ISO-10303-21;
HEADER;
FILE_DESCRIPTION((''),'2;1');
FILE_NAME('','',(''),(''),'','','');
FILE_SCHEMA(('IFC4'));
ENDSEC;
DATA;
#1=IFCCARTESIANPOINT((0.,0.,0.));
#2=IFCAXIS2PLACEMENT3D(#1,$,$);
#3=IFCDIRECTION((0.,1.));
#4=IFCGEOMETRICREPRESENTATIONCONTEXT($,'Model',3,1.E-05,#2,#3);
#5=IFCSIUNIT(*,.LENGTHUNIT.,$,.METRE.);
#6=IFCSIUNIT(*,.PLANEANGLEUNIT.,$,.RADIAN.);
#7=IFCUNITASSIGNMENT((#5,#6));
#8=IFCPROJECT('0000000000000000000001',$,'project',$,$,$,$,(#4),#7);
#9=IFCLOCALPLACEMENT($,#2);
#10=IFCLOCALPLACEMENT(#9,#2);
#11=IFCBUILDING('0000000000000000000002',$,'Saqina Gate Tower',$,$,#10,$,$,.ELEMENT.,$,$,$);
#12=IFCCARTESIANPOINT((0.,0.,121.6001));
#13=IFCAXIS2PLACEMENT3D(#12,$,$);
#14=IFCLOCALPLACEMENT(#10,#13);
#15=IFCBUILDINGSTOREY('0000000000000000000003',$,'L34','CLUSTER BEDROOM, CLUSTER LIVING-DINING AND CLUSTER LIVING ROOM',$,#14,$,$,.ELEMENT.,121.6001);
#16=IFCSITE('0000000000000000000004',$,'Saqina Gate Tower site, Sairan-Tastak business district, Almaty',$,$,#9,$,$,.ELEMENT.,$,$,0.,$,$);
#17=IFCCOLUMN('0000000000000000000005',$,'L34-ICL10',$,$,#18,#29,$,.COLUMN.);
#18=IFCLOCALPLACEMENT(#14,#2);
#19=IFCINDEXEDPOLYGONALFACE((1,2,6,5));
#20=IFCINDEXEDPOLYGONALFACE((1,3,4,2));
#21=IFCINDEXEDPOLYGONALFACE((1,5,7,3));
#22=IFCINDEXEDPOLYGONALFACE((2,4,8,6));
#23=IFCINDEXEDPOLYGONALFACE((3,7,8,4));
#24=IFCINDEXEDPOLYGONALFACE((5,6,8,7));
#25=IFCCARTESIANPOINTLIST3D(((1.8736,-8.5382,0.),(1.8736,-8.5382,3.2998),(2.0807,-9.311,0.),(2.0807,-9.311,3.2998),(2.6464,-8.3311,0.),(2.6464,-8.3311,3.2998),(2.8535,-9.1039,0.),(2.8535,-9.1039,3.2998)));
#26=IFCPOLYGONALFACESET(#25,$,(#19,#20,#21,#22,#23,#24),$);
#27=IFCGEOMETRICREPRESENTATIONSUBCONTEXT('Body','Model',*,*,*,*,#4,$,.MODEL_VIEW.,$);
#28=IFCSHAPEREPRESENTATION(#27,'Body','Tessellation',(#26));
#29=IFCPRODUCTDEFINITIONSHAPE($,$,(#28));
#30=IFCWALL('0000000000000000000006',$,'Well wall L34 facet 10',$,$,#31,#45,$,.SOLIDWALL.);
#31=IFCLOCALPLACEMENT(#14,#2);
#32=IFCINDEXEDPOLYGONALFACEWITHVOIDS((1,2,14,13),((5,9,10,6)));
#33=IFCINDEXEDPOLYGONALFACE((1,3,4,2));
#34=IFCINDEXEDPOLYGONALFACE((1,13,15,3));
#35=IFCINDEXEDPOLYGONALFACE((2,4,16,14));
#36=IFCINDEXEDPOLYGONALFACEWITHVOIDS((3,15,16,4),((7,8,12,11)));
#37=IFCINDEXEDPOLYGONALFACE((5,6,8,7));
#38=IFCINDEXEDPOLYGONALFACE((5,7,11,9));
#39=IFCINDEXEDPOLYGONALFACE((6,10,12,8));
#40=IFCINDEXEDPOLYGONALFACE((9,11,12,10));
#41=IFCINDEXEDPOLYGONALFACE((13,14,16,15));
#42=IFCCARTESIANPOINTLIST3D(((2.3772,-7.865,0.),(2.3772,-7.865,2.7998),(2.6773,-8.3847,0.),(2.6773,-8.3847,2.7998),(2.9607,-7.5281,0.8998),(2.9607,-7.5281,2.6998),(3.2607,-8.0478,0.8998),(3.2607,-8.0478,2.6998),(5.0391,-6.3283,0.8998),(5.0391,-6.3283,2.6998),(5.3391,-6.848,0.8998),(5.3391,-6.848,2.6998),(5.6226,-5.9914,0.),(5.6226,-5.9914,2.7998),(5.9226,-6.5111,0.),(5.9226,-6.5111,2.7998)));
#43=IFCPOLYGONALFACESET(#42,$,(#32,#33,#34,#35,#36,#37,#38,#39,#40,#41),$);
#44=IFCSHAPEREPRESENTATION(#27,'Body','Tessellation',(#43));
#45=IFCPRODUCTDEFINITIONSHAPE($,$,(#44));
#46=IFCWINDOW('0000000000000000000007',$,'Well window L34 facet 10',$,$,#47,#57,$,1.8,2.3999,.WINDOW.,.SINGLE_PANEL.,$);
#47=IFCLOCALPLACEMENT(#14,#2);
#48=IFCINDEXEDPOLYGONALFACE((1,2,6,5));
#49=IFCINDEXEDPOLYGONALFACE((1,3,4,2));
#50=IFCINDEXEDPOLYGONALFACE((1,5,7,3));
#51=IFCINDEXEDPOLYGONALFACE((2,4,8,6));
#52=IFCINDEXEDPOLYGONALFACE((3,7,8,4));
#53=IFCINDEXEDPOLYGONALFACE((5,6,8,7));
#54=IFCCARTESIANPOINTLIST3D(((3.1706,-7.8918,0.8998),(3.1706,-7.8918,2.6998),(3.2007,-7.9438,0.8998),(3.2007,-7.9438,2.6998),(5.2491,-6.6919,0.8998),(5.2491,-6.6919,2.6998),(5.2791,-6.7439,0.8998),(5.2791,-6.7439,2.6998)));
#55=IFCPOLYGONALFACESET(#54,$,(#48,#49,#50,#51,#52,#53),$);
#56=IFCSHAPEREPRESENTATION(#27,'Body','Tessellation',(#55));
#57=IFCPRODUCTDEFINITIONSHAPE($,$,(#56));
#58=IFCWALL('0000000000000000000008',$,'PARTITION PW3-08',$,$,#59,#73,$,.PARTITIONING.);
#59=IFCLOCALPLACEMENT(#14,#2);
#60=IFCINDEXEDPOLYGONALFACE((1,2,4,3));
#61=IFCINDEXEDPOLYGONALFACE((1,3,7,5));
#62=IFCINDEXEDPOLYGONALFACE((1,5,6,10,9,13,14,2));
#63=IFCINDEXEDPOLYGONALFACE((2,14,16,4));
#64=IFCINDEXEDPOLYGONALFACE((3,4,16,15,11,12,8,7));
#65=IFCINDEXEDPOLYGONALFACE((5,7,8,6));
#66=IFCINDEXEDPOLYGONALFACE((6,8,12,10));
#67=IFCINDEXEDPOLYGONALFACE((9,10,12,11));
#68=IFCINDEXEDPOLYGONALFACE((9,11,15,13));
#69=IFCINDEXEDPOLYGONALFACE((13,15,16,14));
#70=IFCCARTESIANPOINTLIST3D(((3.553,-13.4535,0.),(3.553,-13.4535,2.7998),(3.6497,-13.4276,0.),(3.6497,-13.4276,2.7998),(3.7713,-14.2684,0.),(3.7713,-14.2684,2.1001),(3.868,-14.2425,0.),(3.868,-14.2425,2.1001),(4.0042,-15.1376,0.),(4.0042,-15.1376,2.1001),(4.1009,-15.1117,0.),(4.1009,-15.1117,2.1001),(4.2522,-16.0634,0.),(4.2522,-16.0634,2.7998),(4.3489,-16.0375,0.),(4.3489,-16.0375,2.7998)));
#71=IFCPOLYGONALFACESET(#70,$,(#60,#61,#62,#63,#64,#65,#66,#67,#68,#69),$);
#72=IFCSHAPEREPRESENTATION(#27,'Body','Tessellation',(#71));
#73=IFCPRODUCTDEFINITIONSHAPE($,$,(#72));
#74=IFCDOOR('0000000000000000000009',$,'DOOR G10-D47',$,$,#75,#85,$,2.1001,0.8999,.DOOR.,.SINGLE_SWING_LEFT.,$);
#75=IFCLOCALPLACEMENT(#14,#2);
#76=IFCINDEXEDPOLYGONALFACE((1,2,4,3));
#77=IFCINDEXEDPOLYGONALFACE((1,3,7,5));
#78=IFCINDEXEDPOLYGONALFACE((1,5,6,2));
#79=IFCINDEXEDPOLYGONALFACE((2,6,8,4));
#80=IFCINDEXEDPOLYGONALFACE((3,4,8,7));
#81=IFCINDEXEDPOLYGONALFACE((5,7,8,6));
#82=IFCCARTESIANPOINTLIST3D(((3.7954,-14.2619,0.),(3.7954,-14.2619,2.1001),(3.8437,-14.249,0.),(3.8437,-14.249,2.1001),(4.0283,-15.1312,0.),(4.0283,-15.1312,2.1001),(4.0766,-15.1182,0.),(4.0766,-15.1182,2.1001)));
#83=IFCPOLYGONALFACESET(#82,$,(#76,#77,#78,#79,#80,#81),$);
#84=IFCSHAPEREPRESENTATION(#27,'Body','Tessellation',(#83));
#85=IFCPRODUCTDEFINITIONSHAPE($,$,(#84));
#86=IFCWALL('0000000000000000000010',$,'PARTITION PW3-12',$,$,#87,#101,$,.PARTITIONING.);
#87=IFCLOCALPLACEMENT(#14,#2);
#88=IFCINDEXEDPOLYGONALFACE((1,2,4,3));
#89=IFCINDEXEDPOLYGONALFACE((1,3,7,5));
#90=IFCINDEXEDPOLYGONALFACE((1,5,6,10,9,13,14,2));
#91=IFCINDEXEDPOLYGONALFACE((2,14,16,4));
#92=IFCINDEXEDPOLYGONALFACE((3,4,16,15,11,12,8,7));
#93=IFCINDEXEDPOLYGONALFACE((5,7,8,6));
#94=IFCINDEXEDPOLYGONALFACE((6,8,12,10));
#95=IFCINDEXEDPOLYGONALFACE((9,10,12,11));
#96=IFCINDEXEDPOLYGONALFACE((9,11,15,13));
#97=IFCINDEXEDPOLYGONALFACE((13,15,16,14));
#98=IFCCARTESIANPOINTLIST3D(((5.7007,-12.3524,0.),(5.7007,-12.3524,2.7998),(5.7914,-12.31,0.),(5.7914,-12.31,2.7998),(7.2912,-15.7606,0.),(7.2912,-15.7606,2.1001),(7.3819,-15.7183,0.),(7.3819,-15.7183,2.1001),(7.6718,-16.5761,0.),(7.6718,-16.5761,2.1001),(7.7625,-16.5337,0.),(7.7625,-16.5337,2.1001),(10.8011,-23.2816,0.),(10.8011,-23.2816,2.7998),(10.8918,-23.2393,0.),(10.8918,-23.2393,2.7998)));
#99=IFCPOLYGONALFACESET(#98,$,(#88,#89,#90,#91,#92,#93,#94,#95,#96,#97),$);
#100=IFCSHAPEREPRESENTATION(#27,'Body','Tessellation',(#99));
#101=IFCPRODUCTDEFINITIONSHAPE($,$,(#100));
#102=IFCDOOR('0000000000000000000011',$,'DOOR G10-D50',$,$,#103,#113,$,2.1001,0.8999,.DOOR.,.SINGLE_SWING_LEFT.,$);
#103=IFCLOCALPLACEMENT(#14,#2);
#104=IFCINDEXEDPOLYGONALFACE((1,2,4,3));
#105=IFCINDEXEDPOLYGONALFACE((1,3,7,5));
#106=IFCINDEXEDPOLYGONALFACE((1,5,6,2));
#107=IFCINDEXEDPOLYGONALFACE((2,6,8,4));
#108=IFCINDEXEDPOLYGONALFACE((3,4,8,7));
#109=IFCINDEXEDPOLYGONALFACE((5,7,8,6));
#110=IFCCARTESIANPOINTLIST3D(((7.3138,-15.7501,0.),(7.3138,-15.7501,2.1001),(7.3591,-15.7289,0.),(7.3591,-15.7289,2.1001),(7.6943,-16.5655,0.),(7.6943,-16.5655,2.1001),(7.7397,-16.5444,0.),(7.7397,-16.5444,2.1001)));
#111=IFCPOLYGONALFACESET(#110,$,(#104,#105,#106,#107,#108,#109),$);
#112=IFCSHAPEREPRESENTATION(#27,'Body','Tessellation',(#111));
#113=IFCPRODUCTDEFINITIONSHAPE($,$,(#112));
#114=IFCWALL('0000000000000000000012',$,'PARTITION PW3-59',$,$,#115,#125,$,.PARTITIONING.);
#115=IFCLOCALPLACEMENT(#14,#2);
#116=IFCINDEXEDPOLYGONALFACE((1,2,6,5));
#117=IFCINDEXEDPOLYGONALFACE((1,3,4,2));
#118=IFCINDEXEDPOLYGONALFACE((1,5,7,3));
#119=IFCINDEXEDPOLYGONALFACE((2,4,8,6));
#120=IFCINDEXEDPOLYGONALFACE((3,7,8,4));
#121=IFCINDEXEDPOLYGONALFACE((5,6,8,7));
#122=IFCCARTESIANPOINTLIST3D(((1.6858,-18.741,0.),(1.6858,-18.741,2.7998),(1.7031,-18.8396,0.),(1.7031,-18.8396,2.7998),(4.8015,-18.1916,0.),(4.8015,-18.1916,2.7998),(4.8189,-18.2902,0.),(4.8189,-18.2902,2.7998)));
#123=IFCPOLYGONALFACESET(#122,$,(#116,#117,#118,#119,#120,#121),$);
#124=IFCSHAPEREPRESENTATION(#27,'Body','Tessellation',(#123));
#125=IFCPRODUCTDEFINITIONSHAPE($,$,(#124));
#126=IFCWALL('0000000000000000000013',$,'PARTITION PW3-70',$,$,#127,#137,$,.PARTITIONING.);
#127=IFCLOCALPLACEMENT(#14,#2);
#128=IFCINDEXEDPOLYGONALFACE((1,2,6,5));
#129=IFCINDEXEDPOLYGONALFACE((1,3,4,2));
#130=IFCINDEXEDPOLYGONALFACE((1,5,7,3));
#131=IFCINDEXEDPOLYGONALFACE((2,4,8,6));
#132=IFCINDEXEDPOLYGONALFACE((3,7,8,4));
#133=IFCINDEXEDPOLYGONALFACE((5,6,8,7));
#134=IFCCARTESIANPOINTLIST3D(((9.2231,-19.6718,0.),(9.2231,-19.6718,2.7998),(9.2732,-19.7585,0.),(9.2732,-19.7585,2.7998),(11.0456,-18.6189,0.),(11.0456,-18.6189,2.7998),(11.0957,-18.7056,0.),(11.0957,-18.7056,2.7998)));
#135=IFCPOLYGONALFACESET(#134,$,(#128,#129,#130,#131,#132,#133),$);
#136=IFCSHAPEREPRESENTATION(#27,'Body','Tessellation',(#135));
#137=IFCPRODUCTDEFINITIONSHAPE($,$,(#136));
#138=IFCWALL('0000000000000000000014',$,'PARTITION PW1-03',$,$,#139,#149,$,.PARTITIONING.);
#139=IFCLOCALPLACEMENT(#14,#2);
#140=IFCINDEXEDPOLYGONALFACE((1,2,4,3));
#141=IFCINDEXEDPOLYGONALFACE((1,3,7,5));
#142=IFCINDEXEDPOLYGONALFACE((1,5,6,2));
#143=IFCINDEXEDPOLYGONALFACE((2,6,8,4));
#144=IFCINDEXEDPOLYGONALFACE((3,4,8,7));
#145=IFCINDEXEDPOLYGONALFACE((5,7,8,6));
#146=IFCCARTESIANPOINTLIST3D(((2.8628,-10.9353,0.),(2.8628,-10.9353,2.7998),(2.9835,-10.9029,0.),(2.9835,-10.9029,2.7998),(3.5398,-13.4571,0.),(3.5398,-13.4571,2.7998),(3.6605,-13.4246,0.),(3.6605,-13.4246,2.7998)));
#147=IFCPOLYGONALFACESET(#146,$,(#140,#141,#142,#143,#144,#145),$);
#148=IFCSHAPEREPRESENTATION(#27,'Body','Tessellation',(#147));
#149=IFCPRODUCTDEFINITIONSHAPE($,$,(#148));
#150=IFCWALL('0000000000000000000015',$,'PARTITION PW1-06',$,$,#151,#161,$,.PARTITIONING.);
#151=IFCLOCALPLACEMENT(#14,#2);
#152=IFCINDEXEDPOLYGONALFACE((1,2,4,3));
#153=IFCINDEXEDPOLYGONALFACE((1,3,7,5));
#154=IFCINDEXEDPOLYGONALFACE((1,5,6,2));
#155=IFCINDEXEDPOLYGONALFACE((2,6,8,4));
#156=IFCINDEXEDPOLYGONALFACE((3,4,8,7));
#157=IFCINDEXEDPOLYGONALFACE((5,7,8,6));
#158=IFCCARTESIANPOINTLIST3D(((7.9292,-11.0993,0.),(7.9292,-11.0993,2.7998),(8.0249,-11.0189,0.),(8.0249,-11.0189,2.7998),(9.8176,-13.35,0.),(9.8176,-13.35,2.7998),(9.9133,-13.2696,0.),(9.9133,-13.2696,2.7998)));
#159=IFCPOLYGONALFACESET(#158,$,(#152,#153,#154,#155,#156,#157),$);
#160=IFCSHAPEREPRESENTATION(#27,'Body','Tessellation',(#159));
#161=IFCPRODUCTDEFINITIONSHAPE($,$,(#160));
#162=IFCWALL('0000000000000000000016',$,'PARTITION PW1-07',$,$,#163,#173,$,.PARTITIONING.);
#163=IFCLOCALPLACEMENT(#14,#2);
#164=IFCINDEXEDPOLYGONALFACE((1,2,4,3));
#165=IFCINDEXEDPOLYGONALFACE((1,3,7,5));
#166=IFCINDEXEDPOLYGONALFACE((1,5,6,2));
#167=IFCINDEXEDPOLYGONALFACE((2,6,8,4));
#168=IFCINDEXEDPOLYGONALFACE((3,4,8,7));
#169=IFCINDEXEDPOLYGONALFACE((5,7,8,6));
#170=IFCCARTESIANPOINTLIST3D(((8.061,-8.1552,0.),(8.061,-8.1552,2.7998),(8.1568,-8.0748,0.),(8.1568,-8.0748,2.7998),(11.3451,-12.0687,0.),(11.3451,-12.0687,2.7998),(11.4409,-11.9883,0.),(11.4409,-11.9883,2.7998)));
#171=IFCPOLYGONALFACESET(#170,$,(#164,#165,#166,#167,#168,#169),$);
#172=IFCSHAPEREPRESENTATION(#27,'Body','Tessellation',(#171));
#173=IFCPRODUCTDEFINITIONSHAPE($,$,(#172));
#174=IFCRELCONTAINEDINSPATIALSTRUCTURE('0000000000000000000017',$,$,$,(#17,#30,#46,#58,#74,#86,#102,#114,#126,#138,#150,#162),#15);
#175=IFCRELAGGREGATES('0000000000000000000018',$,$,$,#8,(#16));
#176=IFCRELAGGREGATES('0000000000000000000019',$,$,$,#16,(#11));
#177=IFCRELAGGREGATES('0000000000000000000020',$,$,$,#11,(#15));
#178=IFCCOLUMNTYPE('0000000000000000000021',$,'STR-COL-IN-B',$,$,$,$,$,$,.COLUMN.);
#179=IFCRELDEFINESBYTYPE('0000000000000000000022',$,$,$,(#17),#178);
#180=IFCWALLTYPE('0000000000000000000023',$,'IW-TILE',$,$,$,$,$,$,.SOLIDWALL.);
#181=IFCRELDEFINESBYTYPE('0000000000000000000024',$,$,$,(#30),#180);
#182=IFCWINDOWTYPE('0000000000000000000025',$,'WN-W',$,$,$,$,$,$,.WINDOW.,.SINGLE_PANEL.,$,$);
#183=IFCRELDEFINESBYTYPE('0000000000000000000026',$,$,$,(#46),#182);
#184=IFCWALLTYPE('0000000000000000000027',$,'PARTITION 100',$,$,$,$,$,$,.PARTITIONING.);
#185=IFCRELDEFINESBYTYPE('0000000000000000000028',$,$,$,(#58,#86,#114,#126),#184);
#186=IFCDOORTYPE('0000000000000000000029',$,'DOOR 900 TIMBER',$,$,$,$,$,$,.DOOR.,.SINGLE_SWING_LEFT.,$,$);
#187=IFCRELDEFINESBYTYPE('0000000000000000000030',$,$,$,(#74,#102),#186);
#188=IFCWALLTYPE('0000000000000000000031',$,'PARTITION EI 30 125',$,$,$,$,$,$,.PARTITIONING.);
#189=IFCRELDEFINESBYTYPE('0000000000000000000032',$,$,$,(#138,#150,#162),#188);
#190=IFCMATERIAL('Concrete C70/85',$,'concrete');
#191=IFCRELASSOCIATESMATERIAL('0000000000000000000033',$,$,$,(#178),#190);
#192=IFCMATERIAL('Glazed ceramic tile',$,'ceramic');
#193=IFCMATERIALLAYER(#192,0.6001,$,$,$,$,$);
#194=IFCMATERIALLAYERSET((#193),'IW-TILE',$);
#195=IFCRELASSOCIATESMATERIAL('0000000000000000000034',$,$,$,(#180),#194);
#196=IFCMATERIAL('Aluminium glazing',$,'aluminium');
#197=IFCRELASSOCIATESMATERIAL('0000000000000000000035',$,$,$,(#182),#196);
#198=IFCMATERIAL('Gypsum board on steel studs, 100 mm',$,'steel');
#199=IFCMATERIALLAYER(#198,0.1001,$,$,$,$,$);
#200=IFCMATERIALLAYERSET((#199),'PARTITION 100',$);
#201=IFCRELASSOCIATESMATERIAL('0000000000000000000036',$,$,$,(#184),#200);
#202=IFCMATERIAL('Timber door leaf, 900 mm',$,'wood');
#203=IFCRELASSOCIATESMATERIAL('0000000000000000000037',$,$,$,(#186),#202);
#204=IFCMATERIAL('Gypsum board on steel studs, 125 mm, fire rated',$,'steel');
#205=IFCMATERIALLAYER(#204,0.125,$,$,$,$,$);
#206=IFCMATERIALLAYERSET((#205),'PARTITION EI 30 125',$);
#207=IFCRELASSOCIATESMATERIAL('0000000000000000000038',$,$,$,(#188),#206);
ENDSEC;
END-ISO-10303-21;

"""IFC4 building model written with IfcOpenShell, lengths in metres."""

from ifc_helpers import new_model, si_unit, direction, frame, frame_2d, origin, origin_2d, place, context, subcontext, project, spatial, rectangle, extrude, material, layer, layer_set, material_profile, profile_set, type_object, element, fill, save


model = new_model("IFC4")

# Units and contexts
model_context = context("Model", 3, precision=1e-05, world=origin(), true_north=direction((0.0, 1.0)))
body_context = subcontext(model_context, "Body", "Model", "MODEL_VIEW")
ifc_project = project(units=[si_unit("LENGTHUNIT", "METRE"), si_unit("PLANEANGLEUNIT", "RADIAN")], contexts=[model_context])

# Site, building, storey
site_placement = place(None, origin())
site = spatial("IfcSite", under=ifc_project, at=site_placement, Name="Saqina Gate Tower site, Sairan-Tastak business district, Almaty", CompositionType="ELEMENT", RefElevation=0.0)
building_placement = place(site_placement, origin())
building = spatial("IfcBuilding", under=site, at=building_placement, Name="Saqina Gate Tower", CompositionType="ELEMENT")
storey_placement = place(building_placement, frame((0.0, 0.0, 121.6001)))
storey = spatial("IfcBuildingStorey", under=building, at=storey_placement, Name="L34", Description="CLUSTER BEDROOM, CLUSTER LIVING-DINING AND CLUSTER LIVING ROOM", CompositionType="ELEMENT", Elevation=121.6001)

# Column
ifc_material_1 = material(Name="Concrete C70/85", Category="concrete")
ifc_material_profile = material_profile(ifc_material_1, rectangle(XDim=0.8, YDim=0.8, at=origin_2d()), Name="RC 800x800")
ifc_profile_set = profile_set([ifc_material_profile], Name="Concrete C70/85")
column_type = type_object("IfcColumnType", Name="STR-COL-IN-B", PredefinedType="COLUMN", material=ifc_profile_set)
column_placement = place(storey_placement, frame((2.3635, -8.821, 0.0), z_axis=(0.0, 0.0, 1.0), x_axis=(0.258819, -0.965926, 0.0)))
element("IfcColumn", 1, at=column_placement, inside=storey, type_object=column_type, Name="L34-ICL10", PredefinedType="COLUMN", context=body_context, shape_type="SweptSolid", body=[
    extrude(rectangle(XDim=0.8, YDim=0.8, at=origin_2d()), origin(), (0.0, 0.0, 1.0), 3.2998),
])

# Wall, opening, window
ifc_material_2 = material(Name="Glazed ceramic tile", Category="ceramic")
ifc_layer_1 = layer(ifc_material_2, 0.6001)
ifc_layer_set_1 = layer_set([ifc_layer_1], Name="IW-TILE")
wall_type_1 = type_object("IfcWallType", Name="IW-TILE", PredefinedType="SOLIDWALL", material=ifc_layer_set_1)
wall_1_placement = place(storey_placement, frame((2.5273, -8.1248, 0.0), z_axis=(0.0, 0.0, 1.0), x_axis=(0.866046, 0.499965, 0.0)))
wall_1 = element("IfcWall", 2, at=wall_1_placement, inside=storey, type_object=wall_type_1, Name="Well wall L34 facet 10", PredefinedType="SOLIDWALL", context=body_context, shape_type="SweptSolid", body=[
    extrude(rectangle(XDim=3.7473, YDim=0.6001, at=frame_2d((1.8735, 0.0))), origin(), (0.0, 0.0, 1.0), 2.7998),
])
opening_1_placement = place(wall_1_placement, frame((0.6736, 0.0, 0.8999)))
opening_1 = element("IfcOpeningElement", 3, at=opening_1_placement, cuts=wall_1, PredefinedType="OPENING", context=body_context, shape_type="SweptSolid", body=[
    extrude(rectangle(XDim=2.3999, YDim=1.8, at=frame_2d((1.2, 0.8999))), frame((0.0, 0.312, 0.0), z_axis=(0.0, -1.0, 0.0), x_axis=(1.0, 0.0, 0.0)), (0.0, 0.0, 1.0), 0.624),
])
ifc_material_3 = material(Name="Aluminium glazing", Category="aluminium")
window_type = type_object("IfcWindowType", Name="WN-W", PartitioningType="SINGLE_PANEL", PredefinedType="WINDOW", material=ifc_material_3)
window_placement = place(opening_1_placement, origin())
window = element("IfcWindow", 4, at=window_placement, inside=storey, type_object=window_type, Name="Well window L34 facet 10", OverallHeight=1.8, OverallWidth=2.3999, PartitioningType="SINGLE_PANEL", PredefinedType="WINDOW", context=body_context, shape_type="SweptSolid", body=[
    extrude(rectangle(XDim=2.3999, YDim=1.8, at=frame_2d((1.2, 0.8999))), frame((0.0, -0.1199, 0.0), z_axis=(0.0, -1.0, 0.0), x_axis=(1.0, 0.0, 0.0)), (0.0, 0.0, 1.0), 0.0601),
])
fill(opening_1, window)

# Walls, openings, doors
ifc_material_4 = material(Name="Gypsum board on steel studs, 100 mm", Category="steel")
ifc_layer_2 = layer(ifc_material_4, 0.1001)
ifc_layer_set_2 = layer_set([ifc_layer_2], Name="PARTITION 100")
wall_type_2 = type_object("IfcWallType", Name="PARTITION 100", PredefinedType="PARTITIONING", material=ifc_layer_set_2)
wall_2_placement = place(storey_placement, frame((3.6013, -13.4404, 0.0), z_axis=(0.0, 0.0, 1.0), x_axis=(0.258787, -0.965934, 0.0)))
wall_2 = element("IfcWall", 5, at=wall_2_placement, inside=storey, type_object=wall_type_2, Name="PARTITION PW3-08", PredefinedType="PARTITIONING", context=body_context, shape_type="SweptSolid", body=[
    extrude(rectangle(XDim=2.7019, YDim=0.1001, at=frame_2d((1.3511, 0.0))), origin(), (0.0, 0.0, 1.0), 2.7998),
])
opening_2_placement = place(wall_2_placement, frame((0.8438, 0.0, 0.0)))
opening_2 = element("IfcOpeningElement", 6, at=opening_2_placement, cuts=wall_2, PredefinedType="OPENING", context=body_context, shape_type="SweptSolid", body=[
    extrude(rectangle(XDim=0.8999, YDim=2.1001, at=frame_2d((0.45, 1.05))), frame((0.0, 0.062, 0.0), z_axis=(0.0, -1.0, 0.0), x_axis=(1.0, 0.0, 0.0)), (0.0, 0.0, 1.0), 0.124),
])
ifc_material_5 = material(Name="Timber door leaf, 900 mm", Category="wood")
door_type = type_object("IfcDoorType", Name="DOOR 900 TIMBER", OperationType="SINGLE_SWING_LEFT", PredefinedType="DOOR", material=ifc_material_5)
door_1_placement = place(opening_2_placement, origin())
door_1 = element("IfcDoor", 7, at=door_1_placement, inside=storey, type_object=door_type, Name="DOOR G10-D47", OperationType="SINGLE_SWING_LEFT", OverallHeight=2.1001, OverallWidth=0.8999, PredefinedType="DOOR", context=body_context, shape_type="SweptSolid", body=[
    extrude(rectangle(XDim=0.8999, YDim=2.1001, at=frame_2d((0.45, 1.05))), frame((0.0, 0.0249, 0.0), z_axis=(0.0, -1.0, 0.0), x_axis=(1.0, 0.0, 0.0)), (0.0, 0.0, 1.0), 0.05),
])
fill(opening_2, door_1)
wall_3_placement = place(storey_placement, frame((5.7461, -12.3313, 0.0), z_axis=(0.0, 0.0, 1.0), x_axis=(0.422889, -0.906182, 0.0)))
wall_3 = element("IfcWall", 8, at=wall_3_placement, inside=storey, type_object=wall_type_2, Name="PARTITION PW3-12", PredefinedType="PARTITIONING", context=body_context, shape_type="SweptSolid", body=[
    extrude(rectangle(XDim=12.0608, YDim=0.1001, at=frame_2d((6.0303, 0.0))), origin(), (0.0, 0.0, 1.0), 2.7998),
])
opening_3_placement = place(wall_3_placement, frame((3.761, 0.0, 0.0)))
opening_3 = element("IfcOpeningElement", 9, at=opening_3_placement, cuts=wall_3, PredefinedType="OPENING", context=body_context, shape_type="SweptSolid", body=[
    extrude(rectangle(XDim=0.8999, YDim=2.1001, at=frame_2d((0.45, 1.05))), frame((0.0, 0.062, 0.0), z_axis=(0.0, -1.0, 0.0), x_axis=(1.0, 0.0, 0.0)), (0.0, 0.0, 1.0), 0.124),
])
door_2_placement = place(opening_3_placement, origin())
door_2 = element("IfcDoor", 10, at=door_2_placement, inside=storey, type_object=door_type, Name="DOOR G10-D50", OperationType="SINGLE_SWING_LEFT", OverallHeight=2.1001, OverallWidth=0.8999, PredefinedType="DOOR", context=body_context, shape_type="SweptSolid", body=[
    extrude(rectangle(XDim=0.8999, YDim=2.1001, at=frame_2d((0.45, 1.05))), frame((0.0, 0.0249, 0.0), z_axis=(0.0, -1.0, 0.0), x_axis=(1.0, 0.0, 0.0)), (0.0, 0.0, 1.0), 0.05),
])
fill(opening_3, door_2)

# Walls
wall_4_placement = place(storey_placement, frame((1.6943, -18.7903, 0.0), z_axis=(0.0, 0.0, 1.0), x_axis=(0.984812, 0.173627, 0.0)))
element("IfcWall", 11, at=wall_4_placement, inside=storey, type_object=wall_type_2, Name="PARTITION PW3-59", PredefinedType="PARTITIONING", context=body_context, shape_type="SweptSolid", body=[
    extrude(rectangle(XDim=3.1638, YDim=0.1001, at=frame_2d((1.582, 0.0))), origin(), (0.0, 0.0, 1.0), 2.7998),
])
wall_5_placement = place(storey_placement, frame((9.2483, -19.7151, 0.0), z_axis=(0.0, 0.0, 1.0), x_axis=(0.865871, 0.500268, 0.0)))
element("IfcWall", 12, at=wall_5_placement, inside=storey, type_object=wall_type_2, Name="PARTITION PW3-70", PredefinedType="PARTITIONING", context=body_context, shape_type="SweptSolid", body=[
    extrude(rectangle(XDim=2.1047, YDim=0.1001, at=frame_2d((1.0522, 0.0))), origin(), (0.0, 0.0, 1.0), 2.7998),
])
ifc_material_6 = material(Name="Gypsum board on steel studs, 125 mm, fire rated", Category="steel")
ifc_layer_3 = layer(ifc_material_6, 0.125)
ifc_layer_set_3 = layer_set([ifc_layer_3], Name="PARTITION EI 30 125")
wall_type_3 = type_object("IfcWallType", Name="PARTITION EI 30 125", PredefinedType="PARTITIONING", material=ifc_layer_set_3)
wall_6_placement = place(storey_placement, frame((2.9231, -10.9189, 0.0), z_axis=(0.0, 0.0, 1.0), x_axis=(0.259286, -0.965801, 0.0)))
element("IfcWall", 13, at=wall_6_placement, inside=storey, type_object=wall_type_3, Name="PARTITION PW1-03", PredefinedType="PARTITIONING", context=body_context, shape_type="SweptSolid", body=[
    extrude(rectangle(XDim=2.6111, YDim=0.125, at=frame_2d((1.3057, 0.0))), origin(), (0.0, 0.0, 1.0), 2.7998),
])
wall_7_placement = place(storey_placement, frame((7.9771, -11.0591, 0.0), z_axis=(0.0, 0.0, 1.0), x_axis=(0.642755, -0.766071, 0.0)))
element("IfcWall", 14, at=wall_7_placement, inside=storey, type_object=wall_type_3, Name="PARTITION PW1-06", PredefinedType="PARTITIONING", context=body_context, shape_type="SweptSolid", body=[
    extrude(rectangle(XDim=2.938, YDim=0.125, at=frame_2d((1.469, 0.0))), origin(), (0.0, 0.0, 1.0), 2.7998),
])
wall_8_placement = place(storey_placement, frame((8.1089, -8.115, 0.0), z_axis=(0.0, 0.0, 1.0), x_axis=(0.642822, -0.766015, 0.0)))
element("IfcWall", 15, at=wall_8_placement, inside=storey, type_object=wall_type_3, Name="PARTITION PW1-07", PredefinedType="PARTITIONING", context=body_context, shape_type="SweptSolid", body=[
    extrude(rectangle(XDim=5.1089, YDim=0.125, at=frame_2d((2.5544, 0.0))), origin(), (0.0, 0.0, 1.0), 2.7998),
])

save(model, "model.ifc")
